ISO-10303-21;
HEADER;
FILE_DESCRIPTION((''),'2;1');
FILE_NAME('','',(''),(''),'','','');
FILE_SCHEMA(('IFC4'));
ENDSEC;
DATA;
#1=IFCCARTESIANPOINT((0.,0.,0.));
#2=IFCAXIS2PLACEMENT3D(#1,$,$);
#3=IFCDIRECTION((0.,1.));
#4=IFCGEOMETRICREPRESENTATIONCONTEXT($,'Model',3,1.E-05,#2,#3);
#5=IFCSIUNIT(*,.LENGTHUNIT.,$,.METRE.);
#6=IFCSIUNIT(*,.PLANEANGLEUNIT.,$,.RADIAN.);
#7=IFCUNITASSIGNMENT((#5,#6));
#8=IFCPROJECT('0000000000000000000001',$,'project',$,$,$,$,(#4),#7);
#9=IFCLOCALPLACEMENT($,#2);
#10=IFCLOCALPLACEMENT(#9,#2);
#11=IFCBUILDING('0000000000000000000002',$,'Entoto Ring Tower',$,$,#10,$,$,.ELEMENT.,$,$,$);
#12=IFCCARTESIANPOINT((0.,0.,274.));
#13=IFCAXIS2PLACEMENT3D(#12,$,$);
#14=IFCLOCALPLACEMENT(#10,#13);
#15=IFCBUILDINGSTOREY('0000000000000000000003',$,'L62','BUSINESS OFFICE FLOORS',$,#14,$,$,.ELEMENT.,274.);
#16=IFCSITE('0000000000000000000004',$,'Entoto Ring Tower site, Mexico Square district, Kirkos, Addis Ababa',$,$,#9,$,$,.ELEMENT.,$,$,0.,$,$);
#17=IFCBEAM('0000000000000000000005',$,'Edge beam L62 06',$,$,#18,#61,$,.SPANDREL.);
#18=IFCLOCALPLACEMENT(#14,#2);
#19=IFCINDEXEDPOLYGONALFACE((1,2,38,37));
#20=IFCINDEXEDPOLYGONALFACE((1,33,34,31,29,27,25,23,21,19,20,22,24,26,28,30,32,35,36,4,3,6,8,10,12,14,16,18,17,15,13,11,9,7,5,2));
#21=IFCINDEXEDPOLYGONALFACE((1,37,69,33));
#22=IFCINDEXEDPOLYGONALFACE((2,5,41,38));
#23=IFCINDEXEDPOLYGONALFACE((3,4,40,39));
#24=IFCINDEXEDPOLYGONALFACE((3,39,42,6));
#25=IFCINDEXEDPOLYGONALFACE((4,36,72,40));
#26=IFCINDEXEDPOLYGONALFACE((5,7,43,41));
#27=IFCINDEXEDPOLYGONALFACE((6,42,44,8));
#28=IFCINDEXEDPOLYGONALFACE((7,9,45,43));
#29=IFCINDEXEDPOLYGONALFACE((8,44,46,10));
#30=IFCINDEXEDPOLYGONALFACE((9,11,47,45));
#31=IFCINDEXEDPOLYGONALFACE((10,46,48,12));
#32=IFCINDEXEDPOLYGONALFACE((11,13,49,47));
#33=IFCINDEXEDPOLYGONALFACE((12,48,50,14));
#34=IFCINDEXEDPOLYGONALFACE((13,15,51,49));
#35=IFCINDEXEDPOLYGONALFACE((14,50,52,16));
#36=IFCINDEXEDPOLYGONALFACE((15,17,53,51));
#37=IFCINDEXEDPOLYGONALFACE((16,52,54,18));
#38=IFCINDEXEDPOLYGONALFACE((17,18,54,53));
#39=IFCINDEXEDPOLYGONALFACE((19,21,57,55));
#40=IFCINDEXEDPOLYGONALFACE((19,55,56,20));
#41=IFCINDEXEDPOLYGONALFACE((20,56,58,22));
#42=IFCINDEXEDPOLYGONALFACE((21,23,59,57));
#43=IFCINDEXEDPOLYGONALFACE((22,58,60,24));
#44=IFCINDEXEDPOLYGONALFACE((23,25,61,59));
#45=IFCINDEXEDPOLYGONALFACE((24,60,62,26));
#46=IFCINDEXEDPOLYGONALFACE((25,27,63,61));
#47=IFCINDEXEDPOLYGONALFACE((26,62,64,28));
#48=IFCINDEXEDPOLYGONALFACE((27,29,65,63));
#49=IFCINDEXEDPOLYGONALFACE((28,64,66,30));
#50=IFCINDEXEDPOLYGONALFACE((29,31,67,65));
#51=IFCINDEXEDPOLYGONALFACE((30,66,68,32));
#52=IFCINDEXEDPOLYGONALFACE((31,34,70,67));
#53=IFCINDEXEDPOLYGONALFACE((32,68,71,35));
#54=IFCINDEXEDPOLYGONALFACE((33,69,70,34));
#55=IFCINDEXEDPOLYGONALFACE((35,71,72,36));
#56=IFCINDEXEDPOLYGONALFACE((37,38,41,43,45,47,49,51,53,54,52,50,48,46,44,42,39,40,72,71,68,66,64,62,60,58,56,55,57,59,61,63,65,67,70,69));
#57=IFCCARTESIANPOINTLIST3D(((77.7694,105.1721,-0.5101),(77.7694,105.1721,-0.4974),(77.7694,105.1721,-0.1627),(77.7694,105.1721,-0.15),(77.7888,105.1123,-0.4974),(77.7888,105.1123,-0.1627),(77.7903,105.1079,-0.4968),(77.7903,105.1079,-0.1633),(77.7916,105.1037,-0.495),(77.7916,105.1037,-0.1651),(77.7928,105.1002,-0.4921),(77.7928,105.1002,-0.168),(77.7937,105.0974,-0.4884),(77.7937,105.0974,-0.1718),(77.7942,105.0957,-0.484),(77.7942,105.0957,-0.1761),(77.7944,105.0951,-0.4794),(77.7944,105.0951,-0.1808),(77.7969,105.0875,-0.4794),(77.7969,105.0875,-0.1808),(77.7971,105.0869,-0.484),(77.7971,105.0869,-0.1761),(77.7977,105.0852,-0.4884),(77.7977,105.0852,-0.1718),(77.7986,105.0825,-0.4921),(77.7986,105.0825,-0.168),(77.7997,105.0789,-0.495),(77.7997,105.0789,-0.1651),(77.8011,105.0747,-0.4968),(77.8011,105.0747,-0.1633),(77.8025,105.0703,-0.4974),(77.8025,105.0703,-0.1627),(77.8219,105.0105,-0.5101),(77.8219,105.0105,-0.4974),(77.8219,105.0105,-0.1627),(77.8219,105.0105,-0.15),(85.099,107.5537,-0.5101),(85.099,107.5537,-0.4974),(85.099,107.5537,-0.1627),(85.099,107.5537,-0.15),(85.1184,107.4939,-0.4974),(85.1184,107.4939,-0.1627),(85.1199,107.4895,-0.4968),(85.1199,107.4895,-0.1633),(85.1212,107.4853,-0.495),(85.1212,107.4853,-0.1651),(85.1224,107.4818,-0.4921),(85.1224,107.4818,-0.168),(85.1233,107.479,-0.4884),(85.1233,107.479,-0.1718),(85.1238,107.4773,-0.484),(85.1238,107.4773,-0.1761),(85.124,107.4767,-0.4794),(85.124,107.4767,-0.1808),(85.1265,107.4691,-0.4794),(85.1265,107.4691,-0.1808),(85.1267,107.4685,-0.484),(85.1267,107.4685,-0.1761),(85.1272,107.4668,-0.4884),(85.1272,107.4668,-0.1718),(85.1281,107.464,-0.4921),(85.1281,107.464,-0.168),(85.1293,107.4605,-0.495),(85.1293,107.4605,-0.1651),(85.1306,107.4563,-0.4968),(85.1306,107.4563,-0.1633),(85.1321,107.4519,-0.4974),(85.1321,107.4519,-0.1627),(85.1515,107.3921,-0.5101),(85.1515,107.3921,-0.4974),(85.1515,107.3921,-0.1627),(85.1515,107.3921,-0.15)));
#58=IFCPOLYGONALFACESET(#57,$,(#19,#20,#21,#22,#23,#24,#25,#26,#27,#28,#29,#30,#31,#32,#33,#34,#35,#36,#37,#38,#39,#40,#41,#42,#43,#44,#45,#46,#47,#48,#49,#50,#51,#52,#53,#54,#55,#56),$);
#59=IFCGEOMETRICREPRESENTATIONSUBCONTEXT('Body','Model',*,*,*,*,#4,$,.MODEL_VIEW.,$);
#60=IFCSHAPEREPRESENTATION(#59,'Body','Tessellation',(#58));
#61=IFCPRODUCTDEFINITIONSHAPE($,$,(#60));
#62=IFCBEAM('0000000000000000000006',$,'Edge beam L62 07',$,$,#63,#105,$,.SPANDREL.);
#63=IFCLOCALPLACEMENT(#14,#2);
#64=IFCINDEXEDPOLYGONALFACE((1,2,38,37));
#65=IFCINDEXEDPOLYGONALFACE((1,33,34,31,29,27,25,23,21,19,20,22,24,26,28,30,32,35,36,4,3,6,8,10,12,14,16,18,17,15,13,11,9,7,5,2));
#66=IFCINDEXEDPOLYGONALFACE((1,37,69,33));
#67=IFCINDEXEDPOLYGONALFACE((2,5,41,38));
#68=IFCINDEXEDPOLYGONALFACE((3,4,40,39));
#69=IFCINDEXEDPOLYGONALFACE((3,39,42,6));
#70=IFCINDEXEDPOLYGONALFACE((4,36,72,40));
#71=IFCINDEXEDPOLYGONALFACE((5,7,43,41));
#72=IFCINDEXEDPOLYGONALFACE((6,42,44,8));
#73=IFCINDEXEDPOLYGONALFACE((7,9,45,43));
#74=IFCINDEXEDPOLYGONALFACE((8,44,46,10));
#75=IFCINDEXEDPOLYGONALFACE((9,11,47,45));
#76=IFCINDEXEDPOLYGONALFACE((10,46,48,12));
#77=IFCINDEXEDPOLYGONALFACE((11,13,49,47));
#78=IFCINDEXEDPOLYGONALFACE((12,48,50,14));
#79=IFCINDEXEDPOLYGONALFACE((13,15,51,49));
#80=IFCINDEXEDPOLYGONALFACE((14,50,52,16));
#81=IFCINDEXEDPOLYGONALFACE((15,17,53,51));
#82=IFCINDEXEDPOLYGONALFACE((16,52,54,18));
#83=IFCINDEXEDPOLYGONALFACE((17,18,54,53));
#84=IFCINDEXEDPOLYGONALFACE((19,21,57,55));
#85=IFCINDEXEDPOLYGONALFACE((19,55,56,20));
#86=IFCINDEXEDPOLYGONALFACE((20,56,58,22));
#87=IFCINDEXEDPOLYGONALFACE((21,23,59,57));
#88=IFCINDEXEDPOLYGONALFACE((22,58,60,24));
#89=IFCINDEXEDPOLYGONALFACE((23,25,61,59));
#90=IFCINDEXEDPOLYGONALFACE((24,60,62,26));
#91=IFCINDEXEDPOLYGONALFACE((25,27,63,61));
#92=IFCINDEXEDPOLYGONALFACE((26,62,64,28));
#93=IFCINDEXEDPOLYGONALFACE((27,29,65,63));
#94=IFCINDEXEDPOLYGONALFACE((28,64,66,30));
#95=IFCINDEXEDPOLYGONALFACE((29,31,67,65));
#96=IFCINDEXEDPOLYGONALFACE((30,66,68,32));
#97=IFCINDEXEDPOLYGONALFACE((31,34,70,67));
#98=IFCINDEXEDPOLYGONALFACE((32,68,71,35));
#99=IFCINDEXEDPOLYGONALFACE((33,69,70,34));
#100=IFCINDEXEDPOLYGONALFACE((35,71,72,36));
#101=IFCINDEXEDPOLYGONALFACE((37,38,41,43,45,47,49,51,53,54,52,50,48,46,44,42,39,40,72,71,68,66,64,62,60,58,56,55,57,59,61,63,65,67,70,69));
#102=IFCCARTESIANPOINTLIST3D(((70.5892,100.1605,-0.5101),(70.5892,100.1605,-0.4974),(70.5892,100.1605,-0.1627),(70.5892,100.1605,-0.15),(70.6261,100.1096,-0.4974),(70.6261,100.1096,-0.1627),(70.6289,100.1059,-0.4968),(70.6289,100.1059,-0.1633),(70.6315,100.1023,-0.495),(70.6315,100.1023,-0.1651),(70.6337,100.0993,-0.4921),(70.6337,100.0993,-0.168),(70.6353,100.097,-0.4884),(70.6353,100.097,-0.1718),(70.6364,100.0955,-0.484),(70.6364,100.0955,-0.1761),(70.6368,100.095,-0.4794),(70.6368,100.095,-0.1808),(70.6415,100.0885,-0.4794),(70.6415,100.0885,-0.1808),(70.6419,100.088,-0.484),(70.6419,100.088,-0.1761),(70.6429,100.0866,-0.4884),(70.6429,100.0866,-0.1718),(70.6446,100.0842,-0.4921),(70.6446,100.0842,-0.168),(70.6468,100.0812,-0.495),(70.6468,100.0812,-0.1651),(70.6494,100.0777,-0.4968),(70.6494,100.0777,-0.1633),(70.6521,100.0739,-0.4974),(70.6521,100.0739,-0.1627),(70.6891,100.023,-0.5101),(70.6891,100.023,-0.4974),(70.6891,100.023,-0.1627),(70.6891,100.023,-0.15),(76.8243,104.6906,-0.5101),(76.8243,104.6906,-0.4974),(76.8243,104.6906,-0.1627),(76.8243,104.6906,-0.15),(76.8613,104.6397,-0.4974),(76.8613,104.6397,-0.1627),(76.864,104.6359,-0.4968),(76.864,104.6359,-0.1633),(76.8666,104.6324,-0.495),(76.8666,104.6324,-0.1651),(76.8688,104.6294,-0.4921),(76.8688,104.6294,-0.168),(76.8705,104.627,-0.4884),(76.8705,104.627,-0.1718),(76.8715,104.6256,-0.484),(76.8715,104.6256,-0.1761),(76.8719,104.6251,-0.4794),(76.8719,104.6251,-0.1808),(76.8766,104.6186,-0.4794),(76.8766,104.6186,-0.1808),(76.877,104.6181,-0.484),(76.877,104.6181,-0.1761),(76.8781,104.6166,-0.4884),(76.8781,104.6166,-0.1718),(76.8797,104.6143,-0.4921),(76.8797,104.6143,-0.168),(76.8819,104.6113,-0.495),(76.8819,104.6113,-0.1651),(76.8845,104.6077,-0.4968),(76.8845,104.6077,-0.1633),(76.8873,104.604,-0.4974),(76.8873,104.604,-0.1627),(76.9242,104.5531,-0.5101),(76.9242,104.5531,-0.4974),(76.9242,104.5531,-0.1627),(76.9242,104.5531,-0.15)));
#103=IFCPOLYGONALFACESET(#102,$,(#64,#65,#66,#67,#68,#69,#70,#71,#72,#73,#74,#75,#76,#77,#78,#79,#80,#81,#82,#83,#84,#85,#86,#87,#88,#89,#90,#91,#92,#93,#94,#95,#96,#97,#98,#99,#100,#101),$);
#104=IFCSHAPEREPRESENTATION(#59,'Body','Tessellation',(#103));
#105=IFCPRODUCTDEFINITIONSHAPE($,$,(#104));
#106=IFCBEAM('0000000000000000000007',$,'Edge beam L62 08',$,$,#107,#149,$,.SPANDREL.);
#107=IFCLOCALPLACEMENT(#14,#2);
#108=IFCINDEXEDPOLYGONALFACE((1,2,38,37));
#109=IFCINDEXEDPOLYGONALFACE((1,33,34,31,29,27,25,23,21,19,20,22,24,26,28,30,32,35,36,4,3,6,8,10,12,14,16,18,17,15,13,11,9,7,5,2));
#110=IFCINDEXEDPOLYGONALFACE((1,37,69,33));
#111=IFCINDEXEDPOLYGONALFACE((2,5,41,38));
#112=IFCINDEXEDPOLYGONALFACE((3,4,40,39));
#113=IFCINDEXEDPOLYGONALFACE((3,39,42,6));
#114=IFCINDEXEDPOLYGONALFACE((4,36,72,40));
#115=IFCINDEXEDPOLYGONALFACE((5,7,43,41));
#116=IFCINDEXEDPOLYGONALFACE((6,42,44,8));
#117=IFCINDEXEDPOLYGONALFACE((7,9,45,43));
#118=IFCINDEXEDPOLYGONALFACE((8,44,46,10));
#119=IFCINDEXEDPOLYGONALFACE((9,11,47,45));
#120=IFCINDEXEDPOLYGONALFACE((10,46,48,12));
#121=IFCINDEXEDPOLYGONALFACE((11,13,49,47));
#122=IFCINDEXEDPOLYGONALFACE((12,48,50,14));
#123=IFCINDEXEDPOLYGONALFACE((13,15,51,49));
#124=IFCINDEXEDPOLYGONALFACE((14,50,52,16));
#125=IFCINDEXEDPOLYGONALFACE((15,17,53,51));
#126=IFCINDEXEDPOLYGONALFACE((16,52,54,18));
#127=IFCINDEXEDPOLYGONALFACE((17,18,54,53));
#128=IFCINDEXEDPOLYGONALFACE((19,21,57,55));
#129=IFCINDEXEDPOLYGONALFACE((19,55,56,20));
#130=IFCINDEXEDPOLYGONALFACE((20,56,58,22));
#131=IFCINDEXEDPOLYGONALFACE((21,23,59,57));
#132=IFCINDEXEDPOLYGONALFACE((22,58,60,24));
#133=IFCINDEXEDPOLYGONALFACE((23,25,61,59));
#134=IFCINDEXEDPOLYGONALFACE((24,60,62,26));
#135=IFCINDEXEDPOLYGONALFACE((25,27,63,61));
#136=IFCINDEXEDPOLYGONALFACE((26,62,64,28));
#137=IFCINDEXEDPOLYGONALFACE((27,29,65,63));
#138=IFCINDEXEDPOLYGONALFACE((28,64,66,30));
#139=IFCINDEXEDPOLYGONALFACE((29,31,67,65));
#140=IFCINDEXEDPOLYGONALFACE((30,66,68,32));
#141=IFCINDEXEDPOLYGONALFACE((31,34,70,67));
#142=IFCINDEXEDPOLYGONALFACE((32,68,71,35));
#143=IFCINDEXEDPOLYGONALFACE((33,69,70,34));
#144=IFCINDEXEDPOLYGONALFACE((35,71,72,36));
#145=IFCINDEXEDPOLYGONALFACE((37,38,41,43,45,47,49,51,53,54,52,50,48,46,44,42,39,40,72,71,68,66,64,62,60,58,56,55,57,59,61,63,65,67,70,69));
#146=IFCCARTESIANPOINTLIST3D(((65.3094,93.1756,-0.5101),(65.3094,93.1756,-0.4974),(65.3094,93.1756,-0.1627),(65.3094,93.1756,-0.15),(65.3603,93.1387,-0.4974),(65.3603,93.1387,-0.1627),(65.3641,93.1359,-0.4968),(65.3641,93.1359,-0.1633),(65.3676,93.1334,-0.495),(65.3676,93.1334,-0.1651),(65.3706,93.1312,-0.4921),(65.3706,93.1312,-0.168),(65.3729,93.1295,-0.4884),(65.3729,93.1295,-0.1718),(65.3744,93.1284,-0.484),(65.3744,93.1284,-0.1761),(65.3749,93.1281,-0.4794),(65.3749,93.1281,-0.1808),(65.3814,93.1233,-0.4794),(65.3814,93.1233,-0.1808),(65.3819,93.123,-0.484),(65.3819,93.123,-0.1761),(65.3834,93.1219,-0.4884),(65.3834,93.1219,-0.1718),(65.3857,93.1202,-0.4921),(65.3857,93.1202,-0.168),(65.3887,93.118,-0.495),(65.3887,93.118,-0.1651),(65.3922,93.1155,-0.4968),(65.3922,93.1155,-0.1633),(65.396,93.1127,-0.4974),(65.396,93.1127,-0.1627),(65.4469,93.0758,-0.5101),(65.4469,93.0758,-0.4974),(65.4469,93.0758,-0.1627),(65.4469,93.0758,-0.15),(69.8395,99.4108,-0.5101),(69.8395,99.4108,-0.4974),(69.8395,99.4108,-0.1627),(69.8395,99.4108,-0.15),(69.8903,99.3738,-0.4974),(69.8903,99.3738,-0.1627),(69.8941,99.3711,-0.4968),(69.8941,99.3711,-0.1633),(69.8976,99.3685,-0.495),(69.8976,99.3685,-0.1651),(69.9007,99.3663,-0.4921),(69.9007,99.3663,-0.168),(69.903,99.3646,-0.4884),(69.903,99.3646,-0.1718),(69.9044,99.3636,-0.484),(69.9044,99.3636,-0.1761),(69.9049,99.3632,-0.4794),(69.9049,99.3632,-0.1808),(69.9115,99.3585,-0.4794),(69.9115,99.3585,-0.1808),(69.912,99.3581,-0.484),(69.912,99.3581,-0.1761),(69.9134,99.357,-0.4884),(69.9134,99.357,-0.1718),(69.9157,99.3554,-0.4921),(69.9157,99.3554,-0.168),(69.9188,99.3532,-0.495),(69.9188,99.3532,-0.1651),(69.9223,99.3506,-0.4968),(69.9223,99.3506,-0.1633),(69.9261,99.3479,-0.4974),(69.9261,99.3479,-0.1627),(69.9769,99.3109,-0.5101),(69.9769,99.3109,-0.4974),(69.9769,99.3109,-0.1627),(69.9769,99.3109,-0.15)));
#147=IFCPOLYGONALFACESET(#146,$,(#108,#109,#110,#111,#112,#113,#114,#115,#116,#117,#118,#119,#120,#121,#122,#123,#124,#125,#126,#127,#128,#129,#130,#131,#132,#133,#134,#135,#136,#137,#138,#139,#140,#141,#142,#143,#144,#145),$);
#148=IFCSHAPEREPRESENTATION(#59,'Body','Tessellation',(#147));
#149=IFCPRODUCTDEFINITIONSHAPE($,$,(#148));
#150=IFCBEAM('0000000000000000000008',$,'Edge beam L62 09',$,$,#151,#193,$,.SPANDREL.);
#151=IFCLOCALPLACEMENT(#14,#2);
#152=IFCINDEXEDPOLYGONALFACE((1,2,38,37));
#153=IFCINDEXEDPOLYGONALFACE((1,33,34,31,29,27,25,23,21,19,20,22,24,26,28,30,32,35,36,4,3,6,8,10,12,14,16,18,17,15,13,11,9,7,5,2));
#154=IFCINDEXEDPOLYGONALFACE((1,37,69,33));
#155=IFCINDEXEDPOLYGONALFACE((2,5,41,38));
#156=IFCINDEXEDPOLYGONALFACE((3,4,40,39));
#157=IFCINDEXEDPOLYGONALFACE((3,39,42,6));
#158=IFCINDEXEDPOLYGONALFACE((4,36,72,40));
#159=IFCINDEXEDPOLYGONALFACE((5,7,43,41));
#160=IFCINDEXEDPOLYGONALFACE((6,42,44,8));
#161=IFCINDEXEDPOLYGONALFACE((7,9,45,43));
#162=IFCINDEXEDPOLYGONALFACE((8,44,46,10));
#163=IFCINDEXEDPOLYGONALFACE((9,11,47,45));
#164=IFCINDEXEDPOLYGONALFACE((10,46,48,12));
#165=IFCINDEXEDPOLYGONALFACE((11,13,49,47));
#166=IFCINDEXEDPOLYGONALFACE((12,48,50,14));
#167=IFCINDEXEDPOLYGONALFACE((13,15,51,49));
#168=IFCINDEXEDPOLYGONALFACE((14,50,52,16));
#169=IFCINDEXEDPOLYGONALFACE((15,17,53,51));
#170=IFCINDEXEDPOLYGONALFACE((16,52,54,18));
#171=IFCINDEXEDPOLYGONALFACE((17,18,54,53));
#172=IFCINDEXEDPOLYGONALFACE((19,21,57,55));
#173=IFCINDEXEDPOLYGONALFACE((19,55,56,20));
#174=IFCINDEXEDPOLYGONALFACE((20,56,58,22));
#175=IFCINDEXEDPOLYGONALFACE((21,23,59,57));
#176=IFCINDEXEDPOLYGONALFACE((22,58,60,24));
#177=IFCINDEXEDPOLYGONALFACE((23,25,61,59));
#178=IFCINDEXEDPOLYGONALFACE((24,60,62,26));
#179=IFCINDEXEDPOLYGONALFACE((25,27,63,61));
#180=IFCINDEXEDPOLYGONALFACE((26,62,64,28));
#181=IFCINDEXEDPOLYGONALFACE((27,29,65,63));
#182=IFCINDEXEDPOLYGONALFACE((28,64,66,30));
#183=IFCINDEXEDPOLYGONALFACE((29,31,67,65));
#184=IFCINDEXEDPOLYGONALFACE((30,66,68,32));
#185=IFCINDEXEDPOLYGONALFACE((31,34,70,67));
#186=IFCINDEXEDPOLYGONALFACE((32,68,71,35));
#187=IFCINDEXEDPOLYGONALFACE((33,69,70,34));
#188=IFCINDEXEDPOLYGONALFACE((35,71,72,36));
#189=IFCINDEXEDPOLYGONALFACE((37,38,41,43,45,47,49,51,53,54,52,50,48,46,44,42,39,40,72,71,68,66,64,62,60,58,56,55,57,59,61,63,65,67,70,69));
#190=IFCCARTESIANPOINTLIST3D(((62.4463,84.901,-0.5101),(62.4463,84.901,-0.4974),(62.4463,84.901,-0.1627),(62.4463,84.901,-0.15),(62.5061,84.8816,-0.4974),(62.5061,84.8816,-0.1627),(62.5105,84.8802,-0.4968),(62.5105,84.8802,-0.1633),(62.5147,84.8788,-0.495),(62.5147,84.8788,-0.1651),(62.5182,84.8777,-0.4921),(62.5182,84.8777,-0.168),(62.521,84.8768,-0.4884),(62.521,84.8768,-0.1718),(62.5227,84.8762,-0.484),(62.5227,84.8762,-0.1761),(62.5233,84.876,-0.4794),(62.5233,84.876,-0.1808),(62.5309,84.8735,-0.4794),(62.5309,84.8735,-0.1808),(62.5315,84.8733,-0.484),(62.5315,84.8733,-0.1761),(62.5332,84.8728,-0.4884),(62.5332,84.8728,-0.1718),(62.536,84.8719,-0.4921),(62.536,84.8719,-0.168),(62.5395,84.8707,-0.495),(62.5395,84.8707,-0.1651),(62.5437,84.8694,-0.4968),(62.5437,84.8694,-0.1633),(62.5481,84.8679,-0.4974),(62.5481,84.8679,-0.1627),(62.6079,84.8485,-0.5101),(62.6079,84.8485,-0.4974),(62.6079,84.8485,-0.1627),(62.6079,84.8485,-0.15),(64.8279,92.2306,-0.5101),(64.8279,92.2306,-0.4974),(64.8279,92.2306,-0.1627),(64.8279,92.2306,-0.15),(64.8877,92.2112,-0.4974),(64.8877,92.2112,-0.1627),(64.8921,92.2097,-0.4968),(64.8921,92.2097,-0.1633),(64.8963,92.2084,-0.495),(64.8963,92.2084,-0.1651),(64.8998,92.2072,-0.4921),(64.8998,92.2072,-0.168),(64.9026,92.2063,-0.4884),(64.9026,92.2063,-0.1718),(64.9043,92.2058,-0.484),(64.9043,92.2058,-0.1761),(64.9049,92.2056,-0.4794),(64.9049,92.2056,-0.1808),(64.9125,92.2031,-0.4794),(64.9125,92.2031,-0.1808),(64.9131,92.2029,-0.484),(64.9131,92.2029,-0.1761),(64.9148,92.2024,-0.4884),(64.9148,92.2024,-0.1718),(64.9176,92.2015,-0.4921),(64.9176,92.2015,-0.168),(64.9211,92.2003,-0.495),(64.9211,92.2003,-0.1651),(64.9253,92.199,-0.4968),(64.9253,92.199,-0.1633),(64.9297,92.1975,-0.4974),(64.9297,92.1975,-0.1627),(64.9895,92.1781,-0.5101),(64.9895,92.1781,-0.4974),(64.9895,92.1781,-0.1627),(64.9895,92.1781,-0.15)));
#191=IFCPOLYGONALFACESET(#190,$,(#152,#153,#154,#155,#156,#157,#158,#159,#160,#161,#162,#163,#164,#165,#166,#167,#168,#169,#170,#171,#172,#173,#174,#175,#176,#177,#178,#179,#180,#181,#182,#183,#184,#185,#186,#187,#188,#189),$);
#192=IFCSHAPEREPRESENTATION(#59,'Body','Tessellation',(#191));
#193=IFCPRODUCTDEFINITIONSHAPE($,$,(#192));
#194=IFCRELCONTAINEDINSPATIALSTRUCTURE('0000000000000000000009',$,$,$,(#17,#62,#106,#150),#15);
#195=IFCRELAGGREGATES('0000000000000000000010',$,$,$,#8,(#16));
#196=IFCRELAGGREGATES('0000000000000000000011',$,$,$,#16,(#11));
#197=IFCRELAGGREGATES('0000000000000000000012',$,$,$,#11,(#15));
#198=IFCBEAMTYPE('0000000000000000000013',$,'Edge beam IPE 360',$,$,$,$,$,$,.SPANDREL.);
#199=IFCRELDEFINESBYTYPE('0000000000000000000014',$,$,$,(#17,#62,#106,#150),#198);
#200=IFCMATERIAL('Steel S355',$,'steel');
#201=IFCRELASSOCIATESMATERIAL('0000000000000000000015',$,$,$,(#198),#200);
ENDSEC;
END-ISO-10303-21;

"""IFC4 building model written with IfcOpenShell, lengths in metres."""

from ifc_helpers import new_model, si_unit, direction, frame, origin, origin_2d, place, context, subcontext, project, spatial, i_section, extrude, material, material_profile, profile_set, type_object, element, save


model = new_model("IFC4")

# Units and contexts
model_context = context("Model", 3, precision=1e-05, world=origin(), true_north=direction((0.0, 1.0)))
body_context = subcontext(model_context, "Body", "Model", "MODEL_VIEW")
ifc_project = project(units=[si_unit("LENGTHUNIT", "METRE"), si_unit("PLANEANGLEUNIT", "RADIAN")], contexts=[model_context])

# Site, building, storey
site_placement = place(None, origin())
site = spatial("IfcSite", under=ifc_project, at=site_placement, Name="Entoto Ring Tower site, Mexico Square district, Kirkos, Addis Ababa", CompositionType="ELEMENT", RefElevation=0.0)
building_placement = place(site_placement, origin())
building = spatial("IfcBuilding", under=site, at=building_placement, Name="Entoto Ring Tower", CompositionType="ELEMENT")
storey_placement = place(building_placement, frame((0.0, 0.0, 274.0)))
storey = spatial("IfcBuildingStorey", under=building, at=storey_placement, Name="L62", Description="BUSINESS OFFICE FLOORS", CompositionType="ELEMENT", Elevation=274.0)

# Beams
ifc_material_1 = material(Name="Steel S355", Category="steel")
ifc_material_profile_1 = material_profile(ifc_material_1, i_section(OverallWidth=0.1699, OverallDepth=0.3601, WebThickness=0.0081, FlangeThickness=0.0127, FilletRadius=0.0181, at=origin_2d()), Name="IPE 360")
ifc_profile_set_1 = profile_set([ifc_material_profile_1], Name="Steel S355")
beam_type_1 = type_object("IfcBeamType", Name="Edge beam IPE 360", PredefinedType="SPANDREL", material=ifc_profile_set_1)
beam_1_placement = place(storey_placement, frame((85.1252, 107.4729, -0.3301), z_axis=(-0.951054, -0.309024, 0.0), x_axis=(0.309024, -0.951054, 0.0)))
element("IfcBeam", 1, at=beam_1_placement, inside=storey, type_object=beam_type_1, Name="Edge beam L62 06", PredefinedType="SPANDREL", context=body_context, shape_type="SweptSolid", body=[
    extrude(i_section(OverallWidth=0.1699, OverallDepth=0.3601, WebThickness=0.0081, FlangeThickness=0.0127, FilletRadius=0.0181, at=origin_2d()), origin(), (0.0, 0.0, 1.0), 7.7068),
])
for number, where, z_axis, x_axis, name in (
    (2, (76.8743, 104.6218, -0.3301), (-0.80902, -0.587782, 0.0), (0.587782, -0.80902, 0.0), "Edge beam L62 07"),
    (3, (69.9082, 99.3608, -0.3301), (-0.587782, -0.80902, 0.0), (0.80902, -0.587782, 0.0), "Edge beam L62 08"),
):
    element("IfcBeam", number, at=place(storey_placement, frame(where, z_axis=z_axis, x_axis=x_axis)), inside=storey, type_object=beam_type_1, Name=name, PredefinedType="SPANDREL", context=body_context, shape_type="SweptSolid", body=[
        extrude(i_section(OverallWidth=0.1699, OverallDepth=0.3601, WebThickness=0.0081, FlangeThickness=0.0127, FilletRadius=0.0181, at=origin_2d()), origin(), (0.0, 0.0, 1.0), 7.707),
    ])
beam_2_placement = place(storey_placement, frame((64.9087, 92.2043, -0.3301), z_axis=(-0.309024, -0.951054, 0.0), x_axis=(0.951054, -0.309024, 0.0)))
element("IfcBeam", 4, at=beam_2_placement, inside=storey, type_object=beam_type_1, Name="Edge beam L62 09", PredefinedType="SPANDREL", context=body_context, shape_type="SweptSolid", body=[
    extrude(i_section(OverallWidth=0.1699, OverallDepth=0.3601, WebThickness=0.0081, FlangeThickness=0.0127, FilletRadius=0.0181, at=origin_2d()), origin(), (0.0, 0.0, 1.0), 7.7068),
])

save(model, "model.ifc")
